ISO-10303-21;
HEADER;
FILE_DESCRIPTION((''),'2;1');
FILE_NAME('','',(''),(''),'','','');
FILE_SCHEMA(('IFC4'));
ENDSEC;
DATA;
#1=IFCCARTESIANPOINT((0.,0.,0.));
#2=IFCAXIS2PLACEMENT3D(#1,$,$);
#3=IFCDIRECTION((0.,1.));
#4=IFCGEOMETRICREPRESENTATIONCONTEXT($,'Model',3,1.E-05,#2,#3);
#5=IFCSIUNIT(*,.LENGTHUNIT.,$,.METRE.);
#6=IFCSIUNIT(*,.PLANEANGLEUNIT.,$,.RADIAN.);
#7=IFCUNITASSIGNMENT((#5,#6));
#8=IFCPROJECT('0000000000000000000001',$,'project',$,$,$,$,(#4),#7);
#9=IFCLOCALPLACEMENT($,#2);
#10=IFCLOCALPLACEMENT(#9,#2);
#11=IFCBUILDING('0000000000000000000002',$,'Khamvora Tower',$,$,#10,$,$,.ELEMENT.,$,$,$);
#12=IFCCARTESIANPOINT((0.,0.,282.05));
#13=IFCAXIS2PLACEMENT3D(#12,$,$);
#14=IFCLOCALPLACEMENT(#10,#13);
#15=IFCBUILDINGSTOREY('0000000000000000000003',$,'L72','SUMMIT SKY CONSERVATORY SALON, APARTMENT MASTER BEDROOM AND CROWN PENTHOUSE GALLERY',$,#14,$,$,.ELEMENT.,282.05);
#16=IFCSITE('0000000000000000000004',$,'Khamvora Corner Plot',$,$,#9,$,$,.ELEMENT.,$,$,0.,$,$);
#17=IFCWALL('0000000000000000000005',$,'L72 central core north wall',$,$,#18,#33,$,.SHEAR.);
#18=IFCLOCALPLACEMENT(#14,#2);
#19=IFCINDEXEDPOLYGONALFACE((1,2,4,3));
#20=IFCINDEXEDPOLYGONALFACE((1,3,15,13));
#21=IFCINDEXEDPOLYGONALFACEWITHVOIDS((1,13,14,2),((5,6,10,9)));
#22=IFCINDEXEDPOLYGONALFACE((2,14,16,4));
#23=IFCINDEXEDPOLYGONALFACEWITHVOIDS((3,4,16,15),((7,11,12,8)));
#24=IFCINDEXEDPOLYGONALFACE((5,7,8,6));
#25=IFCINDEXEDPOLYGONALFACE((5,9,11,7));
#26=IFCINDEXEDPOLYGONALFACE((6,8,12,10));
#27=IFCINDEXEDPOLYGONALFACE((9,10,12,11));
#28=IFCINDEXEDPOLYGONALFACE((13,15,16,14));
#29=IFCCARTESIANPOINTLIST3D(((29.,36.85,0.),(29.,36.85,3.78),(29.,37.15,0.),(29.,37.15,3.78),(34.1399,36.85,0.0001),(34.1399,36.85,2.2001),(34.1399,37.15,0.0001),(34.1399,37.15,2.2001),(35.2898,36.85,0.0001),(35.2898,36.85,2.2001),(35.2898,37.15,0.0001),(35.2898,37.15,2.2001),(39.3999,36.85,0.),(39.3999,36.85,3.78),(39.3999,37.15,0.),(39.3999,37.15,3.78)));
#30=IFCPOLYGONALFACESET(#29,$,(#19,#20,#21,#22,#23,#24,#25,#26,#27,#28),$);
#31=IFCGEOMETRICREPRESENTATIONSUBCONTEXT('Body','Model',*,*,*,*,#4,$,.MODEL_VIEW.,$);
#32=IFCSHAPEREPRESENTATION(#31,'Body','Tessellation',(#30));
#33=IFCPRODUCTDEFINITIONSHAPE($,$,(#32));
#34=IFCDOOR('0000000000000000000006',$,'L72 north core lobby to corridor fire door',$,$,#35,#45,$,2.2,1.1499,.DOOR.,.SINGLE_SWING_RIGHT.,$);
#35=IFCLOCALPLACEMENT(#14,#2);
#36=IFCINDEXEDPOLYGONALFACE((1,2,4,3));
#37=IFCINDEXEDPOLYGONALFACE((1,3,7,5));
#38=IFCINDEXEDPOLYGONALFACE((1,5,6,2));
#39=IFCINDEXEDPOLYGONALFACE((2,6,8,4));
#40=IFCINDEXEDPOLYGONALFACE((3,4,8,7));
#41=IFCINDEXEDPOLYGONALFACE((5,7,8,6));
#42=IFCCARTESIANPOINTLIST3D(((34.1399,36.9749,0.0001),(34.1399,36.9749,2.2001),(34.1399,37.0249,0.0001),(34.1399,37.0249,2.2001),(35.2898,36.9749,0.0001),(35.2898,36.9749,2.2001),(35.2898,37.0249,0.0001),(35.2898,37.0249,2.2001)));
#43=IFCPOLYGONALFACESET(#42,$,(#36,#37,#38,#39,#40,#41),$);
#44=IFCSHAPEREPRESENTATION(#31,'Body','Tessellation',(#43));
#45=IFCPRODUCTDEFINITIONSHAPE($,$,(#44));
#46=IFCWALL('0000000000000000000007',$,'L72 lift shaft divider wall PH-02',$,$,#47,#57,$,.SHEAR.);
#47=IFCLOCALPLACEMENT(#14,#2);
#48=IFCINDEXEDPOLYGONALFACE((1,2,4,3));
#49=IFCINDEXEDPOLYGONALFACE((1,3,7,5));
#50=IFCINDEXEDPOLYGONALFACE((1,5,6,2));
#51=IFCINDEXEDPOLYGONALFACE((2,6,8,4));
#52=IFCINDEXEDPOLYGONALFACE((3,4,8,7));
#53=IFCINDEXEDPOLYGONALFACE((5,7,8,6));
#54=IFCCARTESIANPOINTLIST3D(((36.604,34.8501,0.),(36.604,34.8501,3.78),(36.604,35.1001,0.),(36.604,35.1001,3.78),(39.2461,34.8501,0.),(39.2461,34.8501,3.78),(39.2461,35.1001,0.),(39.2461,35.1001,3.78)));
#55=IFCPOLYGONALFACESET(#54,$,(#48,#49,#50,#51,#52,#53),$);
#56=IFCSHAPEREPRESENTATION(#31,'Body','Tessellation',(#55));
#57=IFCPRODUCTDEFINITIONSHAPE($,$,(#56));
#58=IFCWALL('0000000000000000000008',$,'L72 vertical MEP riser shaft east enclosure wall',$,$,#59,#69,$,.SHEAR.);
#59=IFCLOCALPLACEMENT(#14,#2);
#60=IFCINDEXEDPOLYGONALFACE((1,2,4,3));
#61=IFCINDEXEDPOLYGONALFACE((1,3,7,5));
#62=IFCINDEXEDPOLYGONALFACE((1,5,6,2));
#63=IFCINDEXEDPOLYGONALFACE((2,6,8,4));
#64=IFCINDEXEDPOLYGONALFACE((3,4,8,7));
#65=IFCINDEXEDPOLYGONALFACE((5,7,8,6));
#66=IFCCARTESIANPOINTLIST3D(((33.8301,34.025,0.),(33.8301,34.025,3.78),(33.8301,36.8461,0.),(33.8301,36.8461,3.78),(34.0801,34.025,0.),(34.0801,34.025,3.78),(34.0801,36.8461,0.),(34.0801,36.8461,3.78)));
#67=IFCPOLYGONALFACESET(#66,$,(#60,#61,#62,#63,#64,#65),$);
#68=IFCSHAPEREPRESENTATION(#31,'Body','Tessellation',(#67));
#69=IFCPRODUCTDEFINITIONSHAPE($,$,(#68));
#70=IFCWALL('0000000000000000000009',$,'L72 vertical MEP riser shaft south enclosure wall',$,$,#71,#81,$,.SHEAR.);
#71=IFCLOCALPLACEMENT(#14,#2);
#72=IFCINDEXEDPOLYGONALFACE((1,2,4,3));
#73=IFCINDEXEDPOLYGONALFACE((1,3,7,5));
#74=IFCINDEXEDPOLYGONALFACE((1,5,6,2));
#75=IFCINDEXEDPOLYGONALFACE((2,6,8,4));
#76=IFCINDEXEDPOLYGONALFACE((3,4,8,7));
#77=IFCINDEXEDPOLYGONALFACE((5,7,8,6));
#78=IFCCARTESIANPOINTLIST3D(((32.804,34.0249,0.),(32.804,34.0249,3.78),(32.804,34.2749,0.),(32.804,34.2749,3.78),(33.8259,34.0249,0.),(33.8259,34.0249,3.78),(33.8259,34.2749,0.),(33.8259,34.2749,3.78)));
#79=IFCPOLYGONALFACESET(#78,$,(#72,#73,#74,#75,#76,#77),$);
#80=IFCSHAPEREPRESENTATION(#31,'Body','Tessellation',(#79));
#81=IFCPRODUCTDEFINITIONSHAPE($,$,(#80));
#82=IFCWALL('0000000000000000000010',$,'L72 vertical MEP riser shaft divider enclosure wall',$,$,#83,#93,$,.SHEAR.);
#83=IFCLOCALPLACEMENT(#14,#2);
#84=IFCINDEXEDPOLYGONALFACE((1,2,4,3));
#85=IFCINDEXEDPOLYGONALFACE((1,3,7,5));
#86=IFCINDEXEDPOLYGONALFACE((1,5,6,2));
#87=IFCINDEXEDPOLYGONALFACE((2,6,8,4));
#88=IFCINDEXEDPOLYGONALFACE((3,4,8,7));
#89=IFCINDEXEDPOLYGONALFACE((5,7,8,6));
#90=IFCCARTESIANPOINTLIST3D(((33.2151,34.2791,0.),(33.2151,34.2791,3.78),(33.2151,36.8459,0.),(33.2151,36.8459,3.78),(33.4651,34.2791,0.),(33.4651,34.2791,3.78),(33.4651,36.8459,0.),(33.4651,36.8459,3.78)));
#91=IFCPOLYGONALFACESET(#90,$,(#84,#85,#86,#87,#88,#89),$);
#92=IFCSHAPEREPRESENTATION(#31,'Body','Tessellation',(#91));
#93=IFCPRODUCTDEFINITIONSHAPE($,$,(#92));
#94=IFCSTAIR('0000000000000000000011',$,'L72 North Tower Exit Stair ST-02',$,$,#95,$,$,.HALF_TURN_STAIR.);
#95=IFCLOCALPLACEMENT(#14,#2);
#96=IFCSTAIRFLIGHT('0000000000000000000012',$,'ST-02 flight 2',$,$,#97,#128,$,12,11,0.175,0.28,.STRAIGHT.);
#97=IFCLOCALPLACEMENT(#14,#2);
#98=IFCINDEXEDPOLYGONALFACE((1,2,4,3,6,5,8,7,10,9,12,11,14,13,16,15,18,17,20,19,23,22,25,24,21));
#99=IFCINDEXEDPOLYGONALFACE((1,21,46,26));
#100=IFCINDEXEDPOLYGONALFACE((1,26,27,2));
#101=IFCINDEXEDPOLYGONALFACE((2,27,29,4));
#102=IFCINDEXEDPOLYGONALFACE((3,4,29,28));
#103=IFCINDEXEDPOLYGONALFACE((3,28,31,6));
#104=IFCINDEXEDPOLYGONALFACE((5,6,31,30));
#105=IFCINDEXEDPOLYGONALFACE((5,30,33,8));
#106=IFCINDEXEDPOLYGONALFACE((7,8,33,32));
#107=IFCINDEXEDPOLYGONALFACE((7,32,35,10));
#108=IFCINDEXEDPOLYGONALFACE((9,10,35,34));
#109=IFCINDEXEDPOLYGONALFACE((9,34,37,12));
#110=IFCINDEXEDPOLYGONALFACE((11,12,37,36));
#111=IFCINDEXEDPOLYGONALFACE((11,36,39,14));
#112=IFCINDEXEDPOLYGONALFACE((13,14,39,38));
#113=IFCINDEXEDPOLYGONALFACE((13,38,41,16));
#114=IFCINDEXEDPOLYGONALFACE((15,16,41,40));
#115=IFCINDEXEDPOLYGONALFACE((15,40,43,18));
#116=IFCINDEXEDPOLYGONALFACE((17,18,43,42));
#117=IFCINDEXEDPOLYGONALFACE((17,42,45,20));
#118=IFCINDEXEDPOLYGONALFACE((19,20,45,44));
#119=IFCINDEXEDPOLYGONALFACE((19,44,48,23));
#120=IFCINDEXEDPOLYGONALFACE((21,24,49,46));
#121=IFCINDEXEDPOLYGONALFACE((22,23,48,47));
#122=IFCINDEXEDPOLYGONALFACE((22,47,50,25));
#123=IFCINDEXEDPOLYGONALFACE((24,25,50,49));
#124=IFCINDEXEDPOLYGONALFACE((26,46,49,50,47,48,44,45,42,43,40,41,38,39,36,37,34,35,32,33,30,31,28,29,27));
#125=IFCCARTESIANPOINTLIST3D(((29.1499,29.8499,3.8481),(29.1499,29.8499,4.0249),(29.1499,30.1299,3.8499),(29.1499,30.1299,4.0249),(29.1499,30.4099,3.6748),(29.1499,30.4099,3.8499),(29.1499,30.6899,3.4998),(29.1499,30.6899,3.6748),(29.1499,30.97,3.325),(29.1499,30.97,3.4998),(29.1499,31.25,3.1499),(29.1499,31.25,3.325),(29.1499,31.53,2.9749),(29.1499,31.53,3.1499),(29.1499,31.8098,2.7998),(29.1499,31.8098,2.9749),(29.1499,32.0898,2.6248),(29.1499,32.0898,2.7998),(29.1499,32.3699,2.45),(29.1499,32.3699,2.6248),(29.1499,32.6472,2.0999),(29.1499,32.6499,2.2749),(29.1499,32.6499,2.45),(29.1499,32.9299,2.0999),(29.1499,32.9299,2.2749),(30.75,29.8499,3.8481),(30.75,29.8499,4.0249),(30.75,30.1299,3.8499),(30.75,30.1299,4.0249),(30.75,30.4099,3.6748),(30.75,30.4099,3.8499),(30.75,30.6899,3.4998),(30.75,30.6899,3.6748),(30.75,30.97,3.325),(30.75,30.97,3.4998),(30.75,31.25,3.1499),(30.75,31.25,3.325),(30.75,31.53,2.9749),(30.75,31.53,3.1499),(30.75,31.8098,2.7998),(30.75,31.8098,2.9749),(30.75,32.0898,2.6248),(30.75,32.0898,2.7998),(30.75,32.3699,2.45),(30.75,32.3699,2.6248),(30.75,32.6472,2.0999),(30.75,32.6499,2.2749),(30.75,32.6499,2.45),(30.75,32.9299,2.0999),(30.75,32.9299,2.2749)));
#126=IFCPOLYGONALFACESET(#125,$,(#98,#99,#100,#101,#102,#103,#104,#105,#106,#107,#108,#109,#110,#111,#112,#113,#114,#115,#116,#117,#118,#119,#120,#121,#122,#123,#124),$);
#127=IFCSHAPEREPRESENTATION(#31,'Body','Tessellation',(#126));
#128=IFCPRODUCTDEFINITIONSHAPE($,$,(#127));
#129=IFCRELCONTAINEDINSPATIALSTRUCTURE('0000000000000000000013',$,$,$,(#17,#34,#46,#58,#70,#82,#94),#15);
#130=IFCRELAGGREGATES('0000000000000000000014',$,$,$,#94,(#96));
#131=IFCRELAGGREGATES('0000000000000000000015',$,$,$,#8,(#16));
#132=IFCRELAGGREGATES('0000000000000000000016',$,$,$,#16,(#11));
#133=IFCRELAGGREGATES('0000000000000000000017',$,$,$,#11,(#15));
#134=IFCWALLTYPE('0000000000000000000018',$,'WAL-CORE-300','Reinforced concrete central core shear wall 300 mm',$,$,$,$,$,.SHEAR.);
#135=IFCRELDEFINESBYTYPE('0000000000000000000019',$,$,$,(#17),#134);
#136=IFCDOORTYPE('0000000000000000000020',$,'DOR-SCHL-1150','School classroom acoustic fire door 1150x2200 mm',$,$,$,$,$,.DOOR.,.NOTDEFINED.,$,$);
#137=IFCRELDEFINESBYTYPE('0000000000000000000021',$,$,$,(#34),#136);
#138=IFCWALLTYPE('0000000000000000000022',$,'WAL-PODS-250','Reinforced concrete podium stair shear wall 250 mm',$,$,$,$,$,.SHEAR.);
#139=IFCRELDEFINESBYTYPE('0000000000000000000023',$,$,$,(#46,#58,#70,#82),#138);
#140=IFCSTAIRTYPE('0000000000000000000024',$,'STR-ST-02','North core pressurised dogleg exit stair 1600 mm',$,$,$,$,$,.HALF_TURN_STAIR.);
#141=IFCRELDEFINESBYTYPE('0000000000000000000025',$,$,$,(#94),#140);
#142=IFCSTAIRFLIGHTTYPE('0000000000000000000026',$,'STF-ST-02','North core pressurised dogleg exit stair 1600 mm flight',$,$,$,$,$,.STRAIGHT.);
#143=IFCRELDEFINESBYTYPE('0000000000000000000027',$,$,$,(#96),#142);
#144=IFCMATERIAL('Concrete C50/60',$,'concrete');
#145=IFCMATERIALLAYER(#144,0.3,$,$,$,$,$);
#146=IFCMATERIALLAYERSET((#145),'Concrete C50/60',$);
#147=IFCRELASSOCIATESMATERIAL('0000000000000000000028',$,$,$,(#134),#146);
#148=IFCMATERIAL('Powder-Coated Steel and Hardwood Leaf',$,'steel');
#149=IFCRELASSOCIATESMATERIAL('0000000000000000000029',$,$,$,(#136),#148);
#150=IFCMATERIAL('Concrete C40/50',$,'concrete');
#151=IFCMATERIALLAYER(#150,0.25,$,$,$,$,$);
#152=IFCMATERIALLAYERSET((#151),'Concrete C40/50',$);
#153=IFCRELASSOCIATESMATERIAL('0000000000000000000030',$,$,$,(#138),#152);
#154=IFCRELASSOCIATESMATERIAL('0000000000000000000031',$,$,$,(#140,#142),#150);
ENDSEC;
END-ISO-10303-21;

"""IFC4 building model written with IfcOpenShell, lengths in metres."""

from ifc_helpers import new_model, si_unit, direction, frame, frame_2d, origin, place, context, subcontext, project, spatial, polyline, rectangle, outline, extrude, material, layer, layer_set, type_object, element, fill, aggregate, save


model = new_model("IFC4")

# Units and contexts
model_context = context("Model", 3, precision=1e-05, world=origin(), true_north=direction((0.0, 1.0)))
body_context = subcontext(model_context, "Body", "Model", "MODEL_VIEW")
ifc_project = project(units=[si_unit("LENGTHUNIT", "METRE"), si_unit("PLANEANGLEUNIT", "RADIAN")], contexts=[model_context])

# Site, building, storey
site_placement = place(None, origin())
site = spatial("IfcSite", under=ifc_project, at=site_placement, Name="Khamvora Corner Plot", CompositionType="ELEMENT", RefElevation=0.0)
building_placement = place(site_placement, origin())
building = spatial("IfcBuilding", under=site, at=building_placement, Name="Khamvora Tower", CompositionType="ELEMENT")
storey_placement = place(building_placement, frame((0.0, 0.0, 282.05)))
storey = spatial("IfcBuildingStorey", under=building, at=storey_placement, Name="L72", Description="SUMMIT SKY CONSERVATORY SALON, APARTMENT MASTER BEDROOM AND CROWN PENTHOUSE GALLERY", CompositionType="ELEMENT", Elevation=282.05)

# Wall, opening, door
ifc_material_1 = material(Name="Concrete C50/60", Category="concrete")
ifc_layer_1 = layer(ifc_material_1, 0.3)
ifc_layer_set_1 = layer_set([ifc_layer_1], Name="Concrete C50/60")
wall_type_1 = type_object("IfcWallType", Name="WAL-CORE-300", Description="Reinforced concrete central core shear wall 300 mm", PredefinedType="SHEAR", material=ifc_layer_set_1)
wall_1_placement = place(storey_placement, frame((29.0, 37.0, 0.0), z_axis=(0.0, 0.0, 1.0), x_axis=(1.0, 0.0, 0.0)))
wall_1 = element("IfcWall", 1, at=wall_1_placement, inside=storey, type_object=wall_type_1, Name="L72 central core north wall", PredefinedType="SHEAR", context=body_context, shape_type="SweptSolid", body=[
    extrude(rectangle(XDim=10.3999, YDim=0.3, at=frame_2d((5.2, 0.0))), origin(), (0.0, 0.0, 1.0), 3.78),
])
opening_placement = place(wall_1_placement, frame((5.1399, 0.0, 0.0)))
opening = element("IfcOpeningElement", 2, at=opening_placement, cuts=wall_1, PredefinedType="OPENING", context=body_context, shape_type="SweptSolid", body=[
    extrude(rectangle(XDim=1.1499, YDim=2.2, at=frame_2d((0.575, 1.1001))), frame((0.0, 0.1599, 0.0), z_axis=(0.0, -1.0, 0.0), x_axis=(1.0, 0.0, 0.0)), (0.0, 0.0, 1.0), 0.3201),
])
ifc_material_2 = material(Name="Powder-Coated Steel and Hardwood Leaf", Category="steel")
door_type = type_object("IfcDoorType", Name="DOR-SCHL-1150", Description="School classroom acoustic fire door 1150x2200 mm", OperationType="NOTDEFINED", PredefinedType="DOOR", material=ifc_material_2)
door_placement = place(opening_placement, origin())
door = element("IfcDoor", 3, at=door_placement, inside=storey, type_object=door_type, Name="L72 north core lobby to corridor fire door", OperationType="SINGLE_SWING_RIGHT", OverallHeight=2.2, OverallWidth=1.1499, PredefinedType="DOOR", context=body_context, shape_type="SweptSolid", body=[
    extrude(rectangle(XDim=1.1499, YDim=2.2, at=frame_2d((0.575, 1.1001))), frame((0.0, 0.0249, 0.0), z_axis=(0.0, -1.0, 0.0), x_axis=(1.0, 0.0, 0.0)), (0.0, 0.0, 1.0), 0.05),
])
fill(opening, door)

# Walls
ifc_material_3 = material(Name="Concrete C40/50", Category="concrete")
ifc_layer_2 = layer(ifc_material_3, 0.25)
ifc_layer_set_2 = layer_set([ifc_layer_2], Name="Concrete C40/50")
wall_type_2 = type_object("IfcWallType", Name="WAL-PODS-250", Description="Reinforced concrete podium stair shear wall 250 mm", PredefinedType="SHEAR", material=ifc_layer_set_2)
wall_2_placement = place(storey_placement, frame((36.604, 34.9751, 0.0), z_axis=(0.0, 0.0, 1.0), x_axis=(1.0, 0.0, 0.0)))
element("IfcWall", 4, at=wall_2_placement, inside=storey, type_object=wall_type_2, Name="L72 lift shaft divider wall PH-02", PredefinedType="SHEAR", context=body_context, shape_type="SweptSolid", body=[
    extrude(rectangle(XDim=2.6421, YDim=0.25, at=frame_2d((1.321, 0.0))), origin(), (0.0, 0.0, 1.0), 3.78),
])
wall_3_placement = place(storey_placement, frame((33.9551, 34.0249, 0.0), z_axis=(0.0, 0.0, 1.0), x_axis=(0.0, 1.0, 0.0)))
element("IfcWall", 5, at=wall_3_placement, inside=storey, type_object=wall_type_2, Name="L72 vertical MEP riser shaft east enclosure wall", PredefinedType="SHEAR", context=body_context, shape_type="SweptSolid", body=[
    extrude(rectangle(XDim=2.821, YDim=0.25, at=frame_2d((1.4106, 0.0))), origin(), (0.0, 0.0, 1.0), 3.78),
])
wall_4_placement = place(storey_placement, frame((32.804, 34.1499, 0.0), z_axis=(0.0, 0.0, 1.0), x_axis=(1.0, 0.0, 0.0)))
element("IfcWall", 6, at=wall_4_placement, inside=storey, type_object=wall_type_2, Name="L72 vertical MEP riser shaft south enclosure wall", PredefinedType="SHEAR", context=body_context, shape_type="SweptSolid", body=[
    extrude(rectangle(XDim=1.022, YDim=0.25, at=frame_2d((0.511, 0.0))), origin(), (0.0, 0.0, 1.0), 3.78),
])
wall_5_placement = place(storey_placement, frame((33.3401, 34.2791, 0.0), z_axis=(0.0, 0.0, 1.0), x_axis=(0.0, 1.0, 0.0)))
element("IfcWall", 7, at=wall_5_placement, inside=storey, type_object=wall_type_2, Name="L72 vertical MEP riser shaft divider enclosure wall", PredefinedType="SHEAR", context=body_context, shape_type="SweptSolid", body=[
    extrude(rectangle(XDim=2.5669, YDim=0.25, at=frame_2d((1.2834, 0.0))), origin(), (0.0, 0.0, 1.0), 3.78),
])

# Stair, stair flight
stair_type = type_object("IfcStairType", Name="STR-ST-02", Description="North core pressurised dogleg exit stair 1600 mm", PredefinedType="HALF_TURN_STAIR", material=ifc_material_3)
stair_placement = place(storey_placement, origin())
stair = element("IfcStair", 8, at=stair_placement, inside=storey, type_object=stair_type, Name="L72 North Tower Exit Stair ST-02", PredefinedType="HALF_TURN_STAIR")
stair_flight_type = type_object("IfcStairFlightType", Name="STF-ST-02", Description="North core pressurised dogleg exit stair 1600 mm flight", PredefinedType="STRAIGHT", material=ifc_material_3)
stair_flight_placement = place(storey_placement, frame((29.95, 32.9299, 2.0999), z_axis=(0.0, 0.0, 1.0), x_axis=(0.0, -1.0, 0.0)))
stair_flight = element("IfcStairFlight", 9, at=stair_flight_placement, type_object=stair_flight_type, Name="ST-02 flight 2", NumberOfRisers=12, NumberOfTreads=11, PredefinedType="STRAIGHT", RiserHeight=0.175, TreadLength=0.28, context=body_context, shape_type="SweptSolid", body=[
    extrude(outline(polyline([(0.0, 0.0), (0.0, 0.175), (0.28, 0.175), (0.28, 0.3501), (0.5601, 0.3501), (0.5601, 0.5249), (0.8401, 0.5249), (0.8401, 0.7), (1.1201, 0.7), (1.1201, 0.875), (1.3999, 0.875), (1.3999, 1.05), (1.6799, 1.05), (1.6799, 1.2251), (1.96, 1.2251), (1.96, 1.3999), (2.24, 1.3999), (2.24, 1.575), (2.52, 1.575), (2.52, 1.75), (2.8, 1.75), (2.8, 1.925), (3.0801, 1.925), (3.0801, 2.1001), (3.0801, 1.7483), (0.2827, 0.0), (0.0, 0.0)])), frame((0.0, 0.8, 0.0), z_axis=(0.0, -1.0, 0.0), x_axis=(1.0, 0.0, 0.0)), (0.0, 0.0, 1.0), 1.6001),
])
aggregate(stair, [stair_flight])

save(model, "model.ifc")
